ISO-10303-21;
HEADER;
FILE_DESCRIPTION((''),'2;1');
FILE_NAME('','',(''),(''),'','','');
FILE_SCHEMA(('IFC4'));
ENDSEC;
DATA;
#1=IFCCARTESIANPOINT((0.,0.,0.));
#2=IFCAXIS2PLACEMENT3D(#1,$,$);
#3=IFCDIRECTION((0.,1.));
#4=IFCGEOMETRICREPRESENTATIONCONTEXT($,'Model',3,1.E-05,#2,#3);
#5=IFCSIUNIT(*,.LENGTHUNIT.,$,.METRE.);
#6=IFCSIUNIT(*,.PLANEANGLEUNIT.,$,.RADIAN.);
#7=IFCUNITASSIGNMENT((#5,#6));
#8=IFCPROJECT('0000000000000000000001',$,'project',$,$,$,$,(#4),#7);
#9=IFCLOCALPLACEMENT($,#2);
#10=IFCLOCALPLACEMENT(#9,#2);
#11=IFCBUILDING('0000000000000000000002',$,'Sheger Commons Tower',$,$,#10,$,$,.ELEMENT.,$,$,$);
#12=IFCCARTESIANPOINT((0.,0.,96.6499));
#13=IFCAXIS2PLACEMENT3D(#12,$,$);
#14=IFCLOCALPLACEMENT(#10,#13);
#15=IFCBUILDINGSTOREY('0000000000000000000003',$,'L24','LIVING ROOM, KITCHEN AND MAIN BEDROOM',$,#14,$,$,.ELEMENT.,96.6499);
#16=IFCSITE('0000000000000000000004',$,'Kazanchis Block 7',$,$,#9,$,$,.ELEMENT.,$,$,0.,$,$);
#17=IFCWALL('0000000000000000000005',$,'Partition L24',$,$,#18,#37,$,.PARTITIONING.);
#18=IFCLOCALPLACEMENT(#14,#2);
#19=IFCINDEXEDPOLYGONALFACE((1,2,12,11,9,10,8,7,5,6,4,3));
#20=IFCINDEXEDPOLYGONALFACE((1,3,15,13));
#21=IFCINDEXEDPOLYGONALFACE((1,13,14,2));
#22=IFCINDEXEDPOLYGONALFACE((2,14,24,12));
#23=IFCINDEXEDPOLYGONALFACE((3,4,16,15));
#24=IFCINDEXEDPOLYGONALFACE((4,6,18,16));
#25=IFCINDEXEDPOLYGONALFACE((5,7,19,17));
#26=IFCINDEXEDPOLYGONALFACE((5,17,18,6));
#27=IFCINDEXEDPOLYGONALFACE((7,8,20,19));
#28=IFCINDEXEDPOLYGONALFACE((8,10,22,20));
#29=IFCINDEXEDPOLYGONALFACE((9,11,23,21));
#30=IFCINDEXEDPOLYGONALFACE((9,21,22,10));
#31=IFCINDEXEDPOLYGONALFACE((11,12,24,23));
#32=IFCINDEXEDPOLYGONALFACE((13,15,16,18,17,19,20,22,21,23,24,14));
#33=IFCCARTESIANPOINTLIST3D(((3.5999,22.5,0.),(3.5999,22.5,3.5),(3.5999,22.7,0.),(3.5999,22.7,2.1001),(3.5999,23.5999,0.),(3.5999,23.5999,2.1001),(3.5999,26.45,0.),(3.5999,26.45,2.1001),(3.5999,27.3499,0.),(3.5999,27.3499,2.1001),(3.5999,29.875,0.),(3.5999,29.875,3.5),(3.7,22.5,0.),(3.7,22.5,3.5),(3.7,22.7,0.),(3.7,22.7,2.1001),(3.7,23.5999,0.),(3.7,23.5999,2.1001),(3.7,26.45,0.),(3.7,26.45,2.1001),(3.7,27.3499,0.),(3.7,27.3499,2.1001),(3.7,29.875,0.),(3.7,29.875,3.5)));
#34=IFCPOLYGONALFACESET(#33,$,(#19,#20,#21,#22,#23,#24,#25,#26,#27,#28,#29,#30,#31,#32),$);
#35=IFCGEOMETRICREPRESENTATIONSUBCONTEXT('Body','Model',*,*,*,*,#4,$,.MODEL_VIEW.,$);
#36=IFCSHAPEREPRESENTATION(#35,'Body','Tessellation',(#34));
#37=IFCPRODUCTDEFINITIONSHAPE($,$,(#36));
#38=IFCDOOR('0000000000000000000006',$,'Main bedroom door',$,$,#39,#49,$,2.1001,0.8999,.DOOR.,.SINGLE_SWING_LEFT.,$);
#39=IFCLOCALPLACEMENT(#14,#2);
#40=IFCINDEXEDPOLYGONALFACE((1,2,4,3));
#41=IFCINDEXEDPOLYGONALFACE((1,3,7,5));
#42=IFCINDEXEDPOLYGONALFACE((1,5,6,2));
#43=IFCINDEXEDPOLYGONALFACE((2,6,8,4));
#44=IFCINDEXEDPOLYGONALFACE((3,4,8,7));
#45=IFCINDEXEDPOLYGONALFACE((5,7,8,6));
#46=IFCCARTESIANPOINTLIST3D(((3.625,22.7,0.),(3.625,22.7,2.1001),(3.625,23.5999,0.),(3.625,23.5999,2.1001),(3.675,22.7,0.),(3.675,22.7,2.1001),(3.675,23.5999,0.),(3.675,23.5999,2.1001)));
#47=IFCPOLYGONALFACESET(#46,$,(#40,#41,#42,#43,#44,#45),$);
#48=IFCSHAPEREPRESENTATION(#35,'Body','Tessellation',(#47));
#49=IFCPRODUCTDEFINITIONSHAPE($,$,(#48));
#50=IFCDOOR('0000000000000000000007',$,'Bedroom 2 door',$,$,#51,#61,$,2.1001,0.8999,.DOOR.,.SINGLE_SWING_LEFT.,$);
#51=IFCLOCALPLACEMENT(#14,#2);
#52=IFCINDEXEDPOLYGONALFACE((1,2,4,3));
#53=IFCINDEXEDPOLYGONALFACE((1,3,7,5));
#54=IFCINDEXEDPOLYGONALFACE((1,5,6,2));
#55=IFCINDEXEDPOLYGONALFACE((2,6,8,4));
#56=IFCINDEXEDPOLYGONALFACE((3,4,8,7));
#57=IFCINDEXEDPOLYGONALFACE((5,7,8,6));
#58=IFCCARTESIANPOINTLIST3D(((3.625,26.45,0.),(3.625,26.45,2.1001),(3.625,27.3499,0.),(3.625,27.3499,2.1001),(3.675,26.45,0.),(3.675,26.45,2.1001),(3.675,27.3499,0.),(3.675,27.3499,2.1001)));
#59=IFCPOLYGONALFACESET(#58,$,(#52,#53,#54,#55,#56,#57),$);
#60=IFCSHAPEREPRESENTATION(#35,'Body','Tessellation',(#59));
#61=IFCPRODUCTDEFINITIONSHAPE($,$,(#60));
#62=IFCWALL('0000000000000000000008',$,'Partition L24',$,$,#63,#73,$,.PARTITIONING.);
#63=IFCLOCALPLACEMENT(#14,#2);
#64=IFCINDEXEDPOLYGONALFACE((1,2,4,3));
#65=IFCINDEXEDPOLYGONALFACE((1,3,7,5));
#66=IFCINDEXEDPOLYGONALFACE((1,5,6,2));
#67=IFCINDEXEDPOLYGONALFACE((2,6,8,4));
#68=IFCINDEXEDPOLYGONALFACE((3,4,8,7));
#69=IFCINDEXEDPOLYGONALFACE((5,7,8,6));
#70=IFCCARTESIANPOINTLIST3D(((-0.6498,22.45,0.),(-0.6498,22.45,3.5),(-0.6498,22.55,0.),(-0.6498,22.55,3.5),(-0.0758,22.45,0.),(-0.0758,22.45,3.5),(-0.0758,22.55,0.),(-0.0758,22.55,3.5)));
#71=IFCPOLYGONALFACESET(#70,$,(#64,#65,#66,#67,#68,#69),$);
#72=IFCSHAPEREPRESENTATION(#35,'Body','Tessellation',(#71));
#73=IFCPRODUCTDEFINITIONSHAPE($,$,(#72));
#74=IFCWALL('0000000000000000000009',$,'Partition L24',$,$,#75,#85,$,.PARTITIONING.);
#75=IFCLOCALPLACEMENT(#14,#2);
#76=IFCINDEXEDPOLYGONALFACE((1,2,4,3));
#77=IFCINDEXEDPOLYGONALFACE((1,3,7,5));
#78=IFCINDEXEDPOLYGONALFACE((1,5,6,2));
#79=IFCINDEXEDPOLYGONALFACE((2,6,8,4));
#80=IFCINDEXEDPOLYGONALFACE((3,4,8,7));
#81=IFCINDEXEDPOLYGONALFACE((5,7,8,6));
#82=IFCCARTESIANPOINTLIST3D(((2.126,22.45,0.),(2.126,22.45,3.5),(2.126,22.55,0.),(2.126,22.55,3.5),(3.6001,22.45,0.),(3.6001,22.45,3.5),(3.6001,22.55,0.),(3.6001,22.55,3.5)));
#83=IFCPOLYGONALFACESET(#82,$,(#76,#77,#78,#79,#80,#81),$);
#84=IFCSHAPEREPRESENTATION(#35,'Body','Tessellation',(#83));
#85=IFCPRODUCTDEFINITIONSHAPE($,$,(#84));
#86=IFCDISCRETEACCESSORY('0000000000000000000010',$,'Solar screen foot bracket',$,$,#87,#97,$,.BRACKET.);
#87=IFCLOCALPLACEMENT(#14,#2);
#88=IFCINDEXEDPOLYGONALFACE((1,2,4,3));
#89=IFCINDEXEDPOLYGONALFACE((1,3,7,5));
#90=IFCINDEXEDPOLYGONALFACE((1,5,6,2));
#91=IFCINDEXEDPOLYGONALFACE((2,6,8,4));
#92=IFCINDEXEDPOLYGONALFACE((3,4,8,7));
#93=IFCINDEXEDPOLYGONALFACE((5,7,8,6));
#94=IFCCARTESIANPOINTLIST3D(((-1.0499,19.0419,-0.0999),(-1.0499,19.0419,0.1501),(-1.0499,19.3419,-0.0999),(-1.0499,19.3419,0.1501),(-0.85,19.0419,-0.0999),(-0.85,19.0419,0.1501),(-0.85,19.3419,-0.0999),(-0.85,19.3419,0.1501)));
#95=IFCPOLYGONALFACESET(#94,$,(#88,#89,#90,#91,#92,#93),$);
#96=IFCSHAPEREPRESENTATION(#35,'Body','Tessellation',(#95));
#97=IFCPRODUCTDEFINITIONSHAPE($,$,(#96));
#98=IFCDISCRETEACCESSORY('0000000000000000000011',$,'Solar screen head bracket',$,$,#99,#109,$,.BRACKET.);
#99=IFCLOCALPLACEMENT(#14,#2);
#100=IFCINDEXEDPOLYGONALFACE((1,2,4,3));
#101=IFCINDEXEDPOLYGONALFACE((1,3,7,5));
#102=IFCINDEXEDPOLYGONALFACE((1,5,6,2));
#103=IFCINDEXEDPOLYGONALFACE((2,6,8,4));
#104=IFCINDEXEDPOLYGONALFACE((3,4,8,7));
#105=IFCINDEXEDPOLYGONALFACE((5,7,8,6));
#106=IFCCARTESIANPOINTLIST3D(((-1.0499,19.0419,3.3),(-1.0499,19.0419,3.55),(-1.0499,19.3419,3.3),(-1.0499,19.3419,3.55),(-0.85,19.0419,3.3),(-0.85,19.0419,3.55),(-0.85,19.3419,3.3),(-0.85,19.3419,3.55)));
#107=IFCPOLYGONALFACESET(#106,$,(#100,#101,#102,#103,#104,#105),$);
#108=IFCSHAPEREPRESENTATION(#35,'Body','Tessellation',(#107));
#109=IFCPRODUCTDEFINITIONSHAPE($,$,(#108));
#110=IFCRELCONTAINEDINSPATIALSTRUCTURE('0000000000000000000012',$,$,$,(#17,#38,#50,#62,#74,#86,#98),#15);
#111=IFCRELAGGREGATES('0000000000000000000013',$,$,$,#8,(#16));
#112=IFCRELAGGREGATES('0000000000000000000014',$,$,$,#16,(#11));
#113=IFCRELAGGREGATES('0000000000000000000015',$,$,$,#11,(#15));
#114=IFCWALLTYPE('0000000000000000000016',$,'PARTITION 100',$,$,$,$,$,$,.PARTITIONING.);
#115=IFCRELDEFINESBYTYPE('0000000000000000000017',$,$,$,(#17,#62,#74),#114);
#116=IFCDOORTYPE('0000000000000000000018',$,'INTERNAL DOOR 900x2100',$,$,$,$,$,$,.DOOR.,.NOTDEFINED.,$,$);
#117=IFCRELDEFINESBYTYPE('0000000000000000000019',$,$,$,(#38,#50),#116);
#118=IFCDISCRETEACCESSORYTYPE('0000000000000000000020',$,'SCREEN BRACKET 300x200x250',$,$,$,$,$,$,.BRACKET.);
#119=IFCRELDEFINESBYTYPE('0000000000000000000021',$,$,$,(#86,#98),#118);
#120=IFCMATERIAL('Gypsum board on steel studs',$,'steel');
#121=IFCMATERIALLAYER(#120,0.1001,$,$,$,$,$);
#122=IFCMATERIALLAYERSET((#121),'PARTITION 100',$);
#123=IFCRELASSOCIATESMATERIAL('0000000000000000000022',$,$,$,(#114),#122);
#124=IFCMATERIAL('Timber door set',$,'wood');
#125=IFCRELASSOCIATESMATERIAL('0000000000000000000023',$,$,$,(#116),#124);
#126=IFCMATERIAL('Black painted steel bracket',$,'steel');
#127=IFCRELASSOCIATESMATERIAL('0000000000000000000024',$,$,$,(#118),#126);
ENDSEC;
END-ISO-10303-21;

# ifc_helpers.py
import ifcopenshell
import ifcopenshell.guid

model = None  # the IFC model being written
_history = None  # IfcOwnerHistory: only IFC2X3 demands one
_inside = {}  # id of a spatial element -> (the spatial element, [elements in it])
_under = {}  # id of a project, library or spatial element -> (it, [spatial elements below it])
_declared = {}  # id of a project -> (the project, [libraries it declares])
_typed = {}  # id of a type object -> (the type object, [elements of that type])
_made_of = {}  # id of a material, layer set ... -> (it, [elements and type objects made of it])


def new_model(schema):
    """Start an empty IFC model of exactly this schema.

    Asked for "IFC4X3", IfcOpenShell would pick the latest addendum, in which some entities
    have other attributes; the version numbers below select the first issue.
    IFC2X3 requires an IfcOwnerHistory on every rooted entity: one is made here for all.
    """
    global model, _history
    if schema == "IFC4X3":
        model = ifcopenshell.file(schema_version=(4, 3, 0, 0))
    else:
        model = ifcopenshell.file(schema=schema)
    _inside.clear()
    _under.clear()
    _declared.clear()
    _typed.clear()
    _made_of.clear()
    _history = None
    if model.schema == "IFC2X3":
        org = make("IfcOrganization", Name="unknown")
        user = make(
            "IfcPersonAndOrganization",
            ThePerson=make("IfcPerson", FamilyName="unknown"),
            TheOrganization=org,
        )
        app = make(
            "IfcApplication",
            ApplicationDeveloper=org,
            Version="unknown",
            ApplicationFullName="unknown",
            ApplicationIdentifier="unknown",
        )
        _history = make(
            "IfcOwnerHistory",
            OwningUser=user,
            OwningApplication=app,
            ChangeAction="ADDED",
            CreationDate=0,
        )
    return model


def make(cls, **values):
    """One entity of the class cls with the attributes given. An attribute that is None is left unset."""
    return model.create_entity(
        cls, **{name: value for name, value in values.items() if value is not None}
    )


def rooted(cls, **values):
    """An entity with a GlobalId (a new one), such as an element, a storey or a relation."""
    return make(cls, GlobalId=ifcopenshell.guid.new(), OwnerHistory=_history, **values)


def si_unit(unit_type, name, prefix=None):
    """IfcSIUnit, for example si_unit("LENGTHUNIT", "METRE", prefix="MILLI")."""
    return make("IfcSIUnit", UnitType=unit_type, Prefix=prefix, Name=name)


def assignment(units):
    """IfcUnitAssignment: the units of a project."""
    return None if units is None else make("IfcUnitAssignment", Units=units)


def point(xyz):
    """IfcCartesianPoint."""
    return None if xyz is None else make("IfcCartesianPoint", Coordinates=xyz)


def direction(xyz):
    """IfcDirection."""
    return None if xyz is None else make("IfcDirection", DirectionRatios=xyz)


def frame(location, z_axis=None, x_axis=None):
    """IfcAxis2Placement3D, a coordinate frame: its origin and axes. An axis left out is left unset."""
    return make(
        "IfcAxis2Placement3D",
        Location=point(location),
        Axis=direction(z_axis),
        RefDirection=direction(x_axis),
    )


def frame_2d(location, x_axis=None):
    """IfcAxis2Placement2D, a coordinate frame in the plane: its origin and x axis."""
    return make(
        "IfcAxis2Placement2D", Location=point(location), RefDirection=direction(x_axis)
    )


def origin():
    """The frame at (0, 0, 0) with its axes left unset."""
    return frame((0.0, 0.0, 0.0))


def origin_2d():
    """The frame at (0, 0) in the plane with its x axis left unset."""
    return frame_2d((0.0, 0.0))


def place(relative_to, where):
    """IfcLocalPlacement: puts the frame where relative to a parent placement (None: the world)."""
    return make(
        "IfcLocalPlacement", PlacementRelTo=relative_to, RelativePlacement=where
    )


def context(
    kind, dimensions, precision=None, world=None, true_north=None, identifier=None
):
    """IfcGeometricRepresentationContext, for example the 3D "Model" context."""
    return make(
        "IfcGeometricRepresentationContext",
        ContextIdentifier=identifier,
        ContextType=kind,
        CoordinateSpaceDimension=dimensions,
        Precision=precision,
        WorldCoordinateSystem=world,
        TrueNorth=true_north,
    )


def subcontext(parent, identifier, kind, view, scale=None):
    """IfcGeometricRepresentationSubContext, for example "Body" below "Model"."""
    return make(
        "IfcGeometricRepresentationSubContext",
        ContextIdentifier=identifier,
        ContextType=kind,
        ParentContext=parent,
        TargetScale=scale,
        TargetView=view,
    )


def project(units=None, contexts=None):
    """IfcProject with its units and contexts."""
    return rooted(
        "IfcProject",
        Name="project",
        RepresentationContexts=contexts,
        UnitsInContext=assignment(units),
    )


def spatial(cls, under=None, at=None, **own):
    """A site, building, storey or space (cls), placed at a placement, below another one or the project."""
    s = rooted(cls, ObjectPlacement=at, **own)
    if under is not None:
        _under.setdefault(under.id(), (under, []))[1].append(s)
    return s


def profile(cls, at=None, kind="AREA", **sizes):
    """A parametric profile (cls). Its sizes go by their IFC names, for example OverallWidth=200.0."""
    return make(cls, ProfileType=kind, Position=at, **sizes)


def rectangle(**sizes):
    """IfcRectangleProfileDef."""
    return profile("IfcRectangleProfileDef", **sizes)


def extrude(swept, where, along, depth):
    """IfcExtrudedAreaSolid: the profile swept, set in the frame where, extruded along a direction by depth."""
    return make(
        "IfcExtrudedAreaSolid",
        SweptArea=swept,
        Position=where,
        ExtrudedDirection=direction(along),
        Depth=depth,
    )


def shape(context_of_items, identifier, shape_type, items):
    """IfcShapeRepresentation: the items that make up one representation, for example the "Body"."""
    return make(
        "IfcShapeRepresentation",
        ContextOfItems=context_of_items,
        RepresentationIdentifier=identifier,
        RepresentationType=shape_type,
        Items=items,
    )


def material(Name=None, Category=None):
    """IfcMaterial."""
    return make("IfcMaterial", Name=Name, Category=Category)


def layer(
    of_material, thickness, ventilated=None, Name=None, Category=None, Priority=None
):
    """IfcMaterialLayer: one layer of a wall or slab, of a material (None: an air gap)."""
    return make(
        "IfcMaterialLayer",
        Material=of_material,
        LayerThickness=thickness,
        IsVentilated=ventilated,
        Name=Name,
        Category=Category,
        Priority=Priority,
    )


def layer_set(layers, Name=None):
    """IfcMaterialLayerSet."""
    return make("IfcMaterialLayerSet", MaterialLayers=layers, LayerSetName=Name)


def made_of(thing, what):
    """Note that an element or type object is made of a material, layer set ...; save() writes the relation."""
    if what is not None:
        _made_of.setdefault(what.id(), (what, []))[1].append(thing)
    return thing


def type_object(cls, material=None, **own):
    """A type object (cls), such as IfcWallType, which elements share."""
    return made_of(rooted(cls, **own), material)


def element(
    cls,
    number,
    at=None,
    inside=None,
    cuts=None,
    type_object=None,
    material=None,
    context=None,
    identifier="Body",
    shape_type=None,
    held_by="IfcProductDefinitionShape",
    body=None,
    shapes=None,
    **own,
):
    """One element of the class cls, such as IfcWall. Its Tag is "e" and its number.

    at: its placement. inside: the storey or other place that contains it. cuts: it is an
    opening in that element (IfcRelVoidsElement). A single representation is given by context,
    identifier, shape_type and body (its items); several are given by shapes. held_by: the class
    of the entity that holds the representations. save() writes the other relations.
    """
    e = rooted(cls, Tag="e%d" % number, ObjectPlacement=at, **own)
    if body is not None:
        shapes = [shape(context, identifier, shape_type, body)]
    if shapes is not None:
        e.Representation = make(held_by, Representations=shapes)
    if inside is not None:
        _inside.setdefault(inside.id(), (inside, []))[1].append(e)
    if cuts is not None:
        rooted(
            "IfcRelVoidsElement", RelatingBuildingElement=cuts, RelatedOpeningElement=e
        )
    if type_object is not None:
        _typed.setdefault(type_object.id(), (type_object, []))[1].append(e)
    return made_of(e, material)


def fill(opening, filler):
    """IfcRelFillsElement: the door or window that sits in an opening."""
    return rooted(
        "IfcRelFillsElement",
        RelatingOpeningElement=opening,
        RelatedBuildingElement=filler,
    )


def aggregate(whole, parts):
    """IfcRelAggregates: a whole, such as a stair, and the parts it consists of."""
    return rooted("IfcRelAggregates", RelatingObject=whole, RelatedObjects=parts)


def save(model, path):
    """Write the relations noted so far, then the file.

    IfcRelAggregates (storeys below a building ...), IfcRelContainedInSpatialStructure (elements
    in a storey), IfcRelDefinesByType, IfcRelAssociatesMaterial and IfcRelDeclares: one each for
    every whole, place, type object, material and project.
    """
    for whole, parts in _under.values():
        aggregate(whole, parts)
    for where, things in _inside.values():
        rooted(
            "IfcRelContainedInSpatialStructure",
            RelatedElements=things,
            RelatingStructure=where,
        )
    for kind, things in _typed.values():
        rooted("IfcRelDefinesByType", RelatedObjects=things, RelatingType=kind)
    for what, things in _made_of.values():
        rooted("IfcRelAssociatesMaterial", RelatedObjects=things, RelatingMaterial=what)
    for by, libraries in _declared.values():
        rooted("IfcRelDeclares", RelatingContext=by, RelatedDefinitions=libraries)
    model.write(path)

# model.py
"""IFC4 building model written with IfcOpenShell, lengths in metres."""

from ifc_helpers import new_model, si_unit, direction, frame, frame_2d, origin, origin_2d, place, context, subcontext, project, spatial, rectangle, extrude, material, layer, layer_set, type_object, element, fill, save


model = new_model("IFC4")

# Units and contexts
model_context = context("Model", 3, precision=1e-05, world=origin(), true_north=direction((0.0, 1.0)))
body_context = subcontext(model_context, "Body", "Model", "MODEL_VIEW")
ifc_project = project(units=[si_unit("LENGTHUNIT", "METRE"), si_unit("PLANEANGLEUNIT", "RADIAN")], contexts=[model_context])

# Site, building, storey
site_placement = place(None, origin())
site = spatial("IfcSite", under=ifc_project, at=site_placement, Name="Kazanchis Block 7", CompositionType="ELEMENT", RefElevation=0.0)
building_placement = place(site_placement, origin())
building = spatial("IfcBuilding", under=site, at=building_placement, Name="Sheger Commons Tower", CompositionType="ELEMENT")
storey_placement = place(building_placement, frame((0.0, 0.0, 96.6499)))
storey = spatial("IfcBuildingStorey", under=building, at=storey_placement, Name="L24", Description="LIVING ROOM, KITCHEN AND MAIN BEDROOM", CompositionType="ELEMENT", Elevation=96.6499)

# Shared definitions
ifc_material_1 = material(Name="Gypsum board on steel studs", Category="steel")
ifc_layer_1 = layer(ifc_material_1, 0.1001)
ifc_layer_set_1 = layer_set([ifc_layer_1], Name="PARTITION 100")
wall_type_1 = type_object("IfcWallType", Name="PARTITION 100", PredefinedType="PARTITIONING", material=ifc_layer_set_1)
ifc_material_2 = material(Name="Timber door set", Category="wood")
door_type = type_object("IfcDoorType", Name="INTERNAL DOOR 900x2100", OperationType="NOTDEFINED", PredefinedType="DOOR", material=ifc_material_2)

# Wall, openings, doors
wall_1_placement = place(storey_placement, frame((3.6499, 22.5, 0.0), z_axis=(0.0, 0.0, 1.0), x_axis=(0.0, 1.0, 0.0)))
wall_1 = element("IfcWall", 1, at=wall_1_placement, inside=storey, type_object=wall_type_1, Name="Partition L24", PredefinedType="PARTITIONING", context=body_context, shape_type="SweptSolid", body=[
    extrude(rectangle(XDim=7.375, YDim=0.1001, at=frame_2d((3.6875, 0.0))), origin(), (0.0, 0.0, 1.0), 3.5),
])
opening_1_placement = place(wall_1_placement, frame((0.2, 0.0, 0.0)))
opening_1 = element("IfcOpeningElement", 2, at=opening_1_placement, cuts=wall_1, PredefinedType="OPENING", context=body_context, shape_type="SweptSolid", body=[
    extrude(rectangle(XDim=0.8999, YDim=2.1001, at=frame_2d((0.45, 1.05))), frame((0.0, 0.0601, 0.0), z_axis=(0.0, -1.0, 0.0), x_axis=(1.0, 0.0, 0.0)), (0.0, 0.0, 1.0), 0.1201),
])
opening_2_placement = place(wall_1_placement, frame((3.95, 0.0, 0.0)))
opening_2 = element("IfcOpeningElement", 3, at=opening_2_placement, cuts=wall_1, PredefinedType="OPENING", context=body_context, shape_type="SweptSolid", body=[
    extrude(rectangle(XDim=0.8999, YDim=2.1001, at=frame_2d((0.45, 1.05))), frame((0.0, 0.0601, 0.0), z_axis=(0.0, -1.0, 0.0), x_axis=(1.0, 0.0, 0.0)), (0.0, 0.0, 1.0), 0.1201),
])
door_1_placement = place(opening_1_placement, origin())
door_1 = element("IfcDoor", 4, at=door_1_placement, inside=storey, type_object=door_type, Name="Main bedroom door", OperationType="SINGLE_SWING_LEFT", OverallHeight=2.1001, OverallWidth=0.8999, PredefinedType="DOOR", context=body_context, shape_type="SweptSolid", body=[
    extrude(rectangle(XDim=0.8999, YDim=2.1001, at=frame_2d((0.45, 1.05))), frame((0.0, 0.0249, 0.0), z_axis=(0.0, -1.0, 0.0), x_axis=(1.0, 0.0, 0.0)), (0.0, 0.0, 1.0), 0.05),
])
fill(opening_1, door_1)
door_2_placement = place(opening_2_placement, origin())
door_2 = element("IfcDoor", 5, at=door_2_placement, inside=storey, type_object=door_type, Name="Bedroom 2 door", OperationType="SINGLE_SWING_LEFT", OverallHeight=2.1001, OverallWidth=0.8999, PredefinedType="DOOR", context=body_context, shape_type="SweptSolid", body=[
    extrude(rectangle(XDim=0.8999, YDim=2.1001, at=frame_2d((0.45, 1.05))), frame((0.0, 0.0249, 0.0), z_axis=(0.0, -1.0, 0.0), x_axis=(1.0, 0.0, 0.0)), (0.0, 0.0, 1.0), 0.05),
])
fill(opening_2, door_2)

# Walls
wall_2_placement = place(storey_placement, frame((-0.6499, 22.5, 0.0), z_axis=(0.0, 0.0, 1.0), x_axis=(1.0, 0.0, 0.0)))
element("IfcWall", 6, at=wall_2_placement, inside=storey, type_object=wall_type_1, Name="Partition L24", PredefinedType="PARTITIONING", context=body_context, shape_type="SweptSolid", body=[
    extrude(rectangle(XDim=0.574, YDim=0.1001, at=frame_2d((0.2871, 0.0))), origin(), (0.0, 0.0, 1.0), 3.5),
])
wall_3_placement = place(storey_placement, frame((2.126, 22.5, 0.0), z_axis=(0.0, 0.0, 1.0), x_axis=(1.0, 0.0, 0.0)))
element("IfcWall", 7, at=wall_3_placement, inside=storey, type_object=wall_type_1, Name="Partition L24", PredefinedType="PARTITIONING", context=body_context, shape_type="SweptSolid", body=[
    extrude(rectangle(XDim=1.4741, YDim=0.1001, at=frame_2d((0.7371, 0.0))), origin(), (0.0, 0.0, 1.0), 3.5),
])

# Discrete accessories
ifc_material_3 = material(Name="Black painted steel bracket", Category="steel")
discrete_accessory_type = type_object("IfcDiscreteAccessoryType", Name="SCREEN BRACKET 300x200x250", PredefinedType="BRACKET", material=ifc_material_3)
for number, where, z_axis, x_axis, name in (
    (8, (-0.95, 19.1919, -0.0999), (0.0, 0.0, 1.0), (0.0, -1.0, 0.0), "Solar screen foot bracket"),
    (9, (-0.95, 19.1919, 3.3), (0.0, 0.0, 1.0), (0.0, -1.0, 0.0), "Solar screen head bracket"),
):
    element("IfcDiscreteAccessory", number, at=place(storey_placement, frame(where, z_axis=z_axis, x_axis=x_axis)), inside=storey, type_object=discrete_accessory_type, Name=name, PredefinedType="BRACKET", context=body_context, shape_type="SweptSolid", body=[
        extrude(rectangle(XDim=0.3, YDim=0.2, at=origin_2d()), origin(), (0.0, 0.0, 1.0), 0.25),
    ])

save(model, "model.ifc")
